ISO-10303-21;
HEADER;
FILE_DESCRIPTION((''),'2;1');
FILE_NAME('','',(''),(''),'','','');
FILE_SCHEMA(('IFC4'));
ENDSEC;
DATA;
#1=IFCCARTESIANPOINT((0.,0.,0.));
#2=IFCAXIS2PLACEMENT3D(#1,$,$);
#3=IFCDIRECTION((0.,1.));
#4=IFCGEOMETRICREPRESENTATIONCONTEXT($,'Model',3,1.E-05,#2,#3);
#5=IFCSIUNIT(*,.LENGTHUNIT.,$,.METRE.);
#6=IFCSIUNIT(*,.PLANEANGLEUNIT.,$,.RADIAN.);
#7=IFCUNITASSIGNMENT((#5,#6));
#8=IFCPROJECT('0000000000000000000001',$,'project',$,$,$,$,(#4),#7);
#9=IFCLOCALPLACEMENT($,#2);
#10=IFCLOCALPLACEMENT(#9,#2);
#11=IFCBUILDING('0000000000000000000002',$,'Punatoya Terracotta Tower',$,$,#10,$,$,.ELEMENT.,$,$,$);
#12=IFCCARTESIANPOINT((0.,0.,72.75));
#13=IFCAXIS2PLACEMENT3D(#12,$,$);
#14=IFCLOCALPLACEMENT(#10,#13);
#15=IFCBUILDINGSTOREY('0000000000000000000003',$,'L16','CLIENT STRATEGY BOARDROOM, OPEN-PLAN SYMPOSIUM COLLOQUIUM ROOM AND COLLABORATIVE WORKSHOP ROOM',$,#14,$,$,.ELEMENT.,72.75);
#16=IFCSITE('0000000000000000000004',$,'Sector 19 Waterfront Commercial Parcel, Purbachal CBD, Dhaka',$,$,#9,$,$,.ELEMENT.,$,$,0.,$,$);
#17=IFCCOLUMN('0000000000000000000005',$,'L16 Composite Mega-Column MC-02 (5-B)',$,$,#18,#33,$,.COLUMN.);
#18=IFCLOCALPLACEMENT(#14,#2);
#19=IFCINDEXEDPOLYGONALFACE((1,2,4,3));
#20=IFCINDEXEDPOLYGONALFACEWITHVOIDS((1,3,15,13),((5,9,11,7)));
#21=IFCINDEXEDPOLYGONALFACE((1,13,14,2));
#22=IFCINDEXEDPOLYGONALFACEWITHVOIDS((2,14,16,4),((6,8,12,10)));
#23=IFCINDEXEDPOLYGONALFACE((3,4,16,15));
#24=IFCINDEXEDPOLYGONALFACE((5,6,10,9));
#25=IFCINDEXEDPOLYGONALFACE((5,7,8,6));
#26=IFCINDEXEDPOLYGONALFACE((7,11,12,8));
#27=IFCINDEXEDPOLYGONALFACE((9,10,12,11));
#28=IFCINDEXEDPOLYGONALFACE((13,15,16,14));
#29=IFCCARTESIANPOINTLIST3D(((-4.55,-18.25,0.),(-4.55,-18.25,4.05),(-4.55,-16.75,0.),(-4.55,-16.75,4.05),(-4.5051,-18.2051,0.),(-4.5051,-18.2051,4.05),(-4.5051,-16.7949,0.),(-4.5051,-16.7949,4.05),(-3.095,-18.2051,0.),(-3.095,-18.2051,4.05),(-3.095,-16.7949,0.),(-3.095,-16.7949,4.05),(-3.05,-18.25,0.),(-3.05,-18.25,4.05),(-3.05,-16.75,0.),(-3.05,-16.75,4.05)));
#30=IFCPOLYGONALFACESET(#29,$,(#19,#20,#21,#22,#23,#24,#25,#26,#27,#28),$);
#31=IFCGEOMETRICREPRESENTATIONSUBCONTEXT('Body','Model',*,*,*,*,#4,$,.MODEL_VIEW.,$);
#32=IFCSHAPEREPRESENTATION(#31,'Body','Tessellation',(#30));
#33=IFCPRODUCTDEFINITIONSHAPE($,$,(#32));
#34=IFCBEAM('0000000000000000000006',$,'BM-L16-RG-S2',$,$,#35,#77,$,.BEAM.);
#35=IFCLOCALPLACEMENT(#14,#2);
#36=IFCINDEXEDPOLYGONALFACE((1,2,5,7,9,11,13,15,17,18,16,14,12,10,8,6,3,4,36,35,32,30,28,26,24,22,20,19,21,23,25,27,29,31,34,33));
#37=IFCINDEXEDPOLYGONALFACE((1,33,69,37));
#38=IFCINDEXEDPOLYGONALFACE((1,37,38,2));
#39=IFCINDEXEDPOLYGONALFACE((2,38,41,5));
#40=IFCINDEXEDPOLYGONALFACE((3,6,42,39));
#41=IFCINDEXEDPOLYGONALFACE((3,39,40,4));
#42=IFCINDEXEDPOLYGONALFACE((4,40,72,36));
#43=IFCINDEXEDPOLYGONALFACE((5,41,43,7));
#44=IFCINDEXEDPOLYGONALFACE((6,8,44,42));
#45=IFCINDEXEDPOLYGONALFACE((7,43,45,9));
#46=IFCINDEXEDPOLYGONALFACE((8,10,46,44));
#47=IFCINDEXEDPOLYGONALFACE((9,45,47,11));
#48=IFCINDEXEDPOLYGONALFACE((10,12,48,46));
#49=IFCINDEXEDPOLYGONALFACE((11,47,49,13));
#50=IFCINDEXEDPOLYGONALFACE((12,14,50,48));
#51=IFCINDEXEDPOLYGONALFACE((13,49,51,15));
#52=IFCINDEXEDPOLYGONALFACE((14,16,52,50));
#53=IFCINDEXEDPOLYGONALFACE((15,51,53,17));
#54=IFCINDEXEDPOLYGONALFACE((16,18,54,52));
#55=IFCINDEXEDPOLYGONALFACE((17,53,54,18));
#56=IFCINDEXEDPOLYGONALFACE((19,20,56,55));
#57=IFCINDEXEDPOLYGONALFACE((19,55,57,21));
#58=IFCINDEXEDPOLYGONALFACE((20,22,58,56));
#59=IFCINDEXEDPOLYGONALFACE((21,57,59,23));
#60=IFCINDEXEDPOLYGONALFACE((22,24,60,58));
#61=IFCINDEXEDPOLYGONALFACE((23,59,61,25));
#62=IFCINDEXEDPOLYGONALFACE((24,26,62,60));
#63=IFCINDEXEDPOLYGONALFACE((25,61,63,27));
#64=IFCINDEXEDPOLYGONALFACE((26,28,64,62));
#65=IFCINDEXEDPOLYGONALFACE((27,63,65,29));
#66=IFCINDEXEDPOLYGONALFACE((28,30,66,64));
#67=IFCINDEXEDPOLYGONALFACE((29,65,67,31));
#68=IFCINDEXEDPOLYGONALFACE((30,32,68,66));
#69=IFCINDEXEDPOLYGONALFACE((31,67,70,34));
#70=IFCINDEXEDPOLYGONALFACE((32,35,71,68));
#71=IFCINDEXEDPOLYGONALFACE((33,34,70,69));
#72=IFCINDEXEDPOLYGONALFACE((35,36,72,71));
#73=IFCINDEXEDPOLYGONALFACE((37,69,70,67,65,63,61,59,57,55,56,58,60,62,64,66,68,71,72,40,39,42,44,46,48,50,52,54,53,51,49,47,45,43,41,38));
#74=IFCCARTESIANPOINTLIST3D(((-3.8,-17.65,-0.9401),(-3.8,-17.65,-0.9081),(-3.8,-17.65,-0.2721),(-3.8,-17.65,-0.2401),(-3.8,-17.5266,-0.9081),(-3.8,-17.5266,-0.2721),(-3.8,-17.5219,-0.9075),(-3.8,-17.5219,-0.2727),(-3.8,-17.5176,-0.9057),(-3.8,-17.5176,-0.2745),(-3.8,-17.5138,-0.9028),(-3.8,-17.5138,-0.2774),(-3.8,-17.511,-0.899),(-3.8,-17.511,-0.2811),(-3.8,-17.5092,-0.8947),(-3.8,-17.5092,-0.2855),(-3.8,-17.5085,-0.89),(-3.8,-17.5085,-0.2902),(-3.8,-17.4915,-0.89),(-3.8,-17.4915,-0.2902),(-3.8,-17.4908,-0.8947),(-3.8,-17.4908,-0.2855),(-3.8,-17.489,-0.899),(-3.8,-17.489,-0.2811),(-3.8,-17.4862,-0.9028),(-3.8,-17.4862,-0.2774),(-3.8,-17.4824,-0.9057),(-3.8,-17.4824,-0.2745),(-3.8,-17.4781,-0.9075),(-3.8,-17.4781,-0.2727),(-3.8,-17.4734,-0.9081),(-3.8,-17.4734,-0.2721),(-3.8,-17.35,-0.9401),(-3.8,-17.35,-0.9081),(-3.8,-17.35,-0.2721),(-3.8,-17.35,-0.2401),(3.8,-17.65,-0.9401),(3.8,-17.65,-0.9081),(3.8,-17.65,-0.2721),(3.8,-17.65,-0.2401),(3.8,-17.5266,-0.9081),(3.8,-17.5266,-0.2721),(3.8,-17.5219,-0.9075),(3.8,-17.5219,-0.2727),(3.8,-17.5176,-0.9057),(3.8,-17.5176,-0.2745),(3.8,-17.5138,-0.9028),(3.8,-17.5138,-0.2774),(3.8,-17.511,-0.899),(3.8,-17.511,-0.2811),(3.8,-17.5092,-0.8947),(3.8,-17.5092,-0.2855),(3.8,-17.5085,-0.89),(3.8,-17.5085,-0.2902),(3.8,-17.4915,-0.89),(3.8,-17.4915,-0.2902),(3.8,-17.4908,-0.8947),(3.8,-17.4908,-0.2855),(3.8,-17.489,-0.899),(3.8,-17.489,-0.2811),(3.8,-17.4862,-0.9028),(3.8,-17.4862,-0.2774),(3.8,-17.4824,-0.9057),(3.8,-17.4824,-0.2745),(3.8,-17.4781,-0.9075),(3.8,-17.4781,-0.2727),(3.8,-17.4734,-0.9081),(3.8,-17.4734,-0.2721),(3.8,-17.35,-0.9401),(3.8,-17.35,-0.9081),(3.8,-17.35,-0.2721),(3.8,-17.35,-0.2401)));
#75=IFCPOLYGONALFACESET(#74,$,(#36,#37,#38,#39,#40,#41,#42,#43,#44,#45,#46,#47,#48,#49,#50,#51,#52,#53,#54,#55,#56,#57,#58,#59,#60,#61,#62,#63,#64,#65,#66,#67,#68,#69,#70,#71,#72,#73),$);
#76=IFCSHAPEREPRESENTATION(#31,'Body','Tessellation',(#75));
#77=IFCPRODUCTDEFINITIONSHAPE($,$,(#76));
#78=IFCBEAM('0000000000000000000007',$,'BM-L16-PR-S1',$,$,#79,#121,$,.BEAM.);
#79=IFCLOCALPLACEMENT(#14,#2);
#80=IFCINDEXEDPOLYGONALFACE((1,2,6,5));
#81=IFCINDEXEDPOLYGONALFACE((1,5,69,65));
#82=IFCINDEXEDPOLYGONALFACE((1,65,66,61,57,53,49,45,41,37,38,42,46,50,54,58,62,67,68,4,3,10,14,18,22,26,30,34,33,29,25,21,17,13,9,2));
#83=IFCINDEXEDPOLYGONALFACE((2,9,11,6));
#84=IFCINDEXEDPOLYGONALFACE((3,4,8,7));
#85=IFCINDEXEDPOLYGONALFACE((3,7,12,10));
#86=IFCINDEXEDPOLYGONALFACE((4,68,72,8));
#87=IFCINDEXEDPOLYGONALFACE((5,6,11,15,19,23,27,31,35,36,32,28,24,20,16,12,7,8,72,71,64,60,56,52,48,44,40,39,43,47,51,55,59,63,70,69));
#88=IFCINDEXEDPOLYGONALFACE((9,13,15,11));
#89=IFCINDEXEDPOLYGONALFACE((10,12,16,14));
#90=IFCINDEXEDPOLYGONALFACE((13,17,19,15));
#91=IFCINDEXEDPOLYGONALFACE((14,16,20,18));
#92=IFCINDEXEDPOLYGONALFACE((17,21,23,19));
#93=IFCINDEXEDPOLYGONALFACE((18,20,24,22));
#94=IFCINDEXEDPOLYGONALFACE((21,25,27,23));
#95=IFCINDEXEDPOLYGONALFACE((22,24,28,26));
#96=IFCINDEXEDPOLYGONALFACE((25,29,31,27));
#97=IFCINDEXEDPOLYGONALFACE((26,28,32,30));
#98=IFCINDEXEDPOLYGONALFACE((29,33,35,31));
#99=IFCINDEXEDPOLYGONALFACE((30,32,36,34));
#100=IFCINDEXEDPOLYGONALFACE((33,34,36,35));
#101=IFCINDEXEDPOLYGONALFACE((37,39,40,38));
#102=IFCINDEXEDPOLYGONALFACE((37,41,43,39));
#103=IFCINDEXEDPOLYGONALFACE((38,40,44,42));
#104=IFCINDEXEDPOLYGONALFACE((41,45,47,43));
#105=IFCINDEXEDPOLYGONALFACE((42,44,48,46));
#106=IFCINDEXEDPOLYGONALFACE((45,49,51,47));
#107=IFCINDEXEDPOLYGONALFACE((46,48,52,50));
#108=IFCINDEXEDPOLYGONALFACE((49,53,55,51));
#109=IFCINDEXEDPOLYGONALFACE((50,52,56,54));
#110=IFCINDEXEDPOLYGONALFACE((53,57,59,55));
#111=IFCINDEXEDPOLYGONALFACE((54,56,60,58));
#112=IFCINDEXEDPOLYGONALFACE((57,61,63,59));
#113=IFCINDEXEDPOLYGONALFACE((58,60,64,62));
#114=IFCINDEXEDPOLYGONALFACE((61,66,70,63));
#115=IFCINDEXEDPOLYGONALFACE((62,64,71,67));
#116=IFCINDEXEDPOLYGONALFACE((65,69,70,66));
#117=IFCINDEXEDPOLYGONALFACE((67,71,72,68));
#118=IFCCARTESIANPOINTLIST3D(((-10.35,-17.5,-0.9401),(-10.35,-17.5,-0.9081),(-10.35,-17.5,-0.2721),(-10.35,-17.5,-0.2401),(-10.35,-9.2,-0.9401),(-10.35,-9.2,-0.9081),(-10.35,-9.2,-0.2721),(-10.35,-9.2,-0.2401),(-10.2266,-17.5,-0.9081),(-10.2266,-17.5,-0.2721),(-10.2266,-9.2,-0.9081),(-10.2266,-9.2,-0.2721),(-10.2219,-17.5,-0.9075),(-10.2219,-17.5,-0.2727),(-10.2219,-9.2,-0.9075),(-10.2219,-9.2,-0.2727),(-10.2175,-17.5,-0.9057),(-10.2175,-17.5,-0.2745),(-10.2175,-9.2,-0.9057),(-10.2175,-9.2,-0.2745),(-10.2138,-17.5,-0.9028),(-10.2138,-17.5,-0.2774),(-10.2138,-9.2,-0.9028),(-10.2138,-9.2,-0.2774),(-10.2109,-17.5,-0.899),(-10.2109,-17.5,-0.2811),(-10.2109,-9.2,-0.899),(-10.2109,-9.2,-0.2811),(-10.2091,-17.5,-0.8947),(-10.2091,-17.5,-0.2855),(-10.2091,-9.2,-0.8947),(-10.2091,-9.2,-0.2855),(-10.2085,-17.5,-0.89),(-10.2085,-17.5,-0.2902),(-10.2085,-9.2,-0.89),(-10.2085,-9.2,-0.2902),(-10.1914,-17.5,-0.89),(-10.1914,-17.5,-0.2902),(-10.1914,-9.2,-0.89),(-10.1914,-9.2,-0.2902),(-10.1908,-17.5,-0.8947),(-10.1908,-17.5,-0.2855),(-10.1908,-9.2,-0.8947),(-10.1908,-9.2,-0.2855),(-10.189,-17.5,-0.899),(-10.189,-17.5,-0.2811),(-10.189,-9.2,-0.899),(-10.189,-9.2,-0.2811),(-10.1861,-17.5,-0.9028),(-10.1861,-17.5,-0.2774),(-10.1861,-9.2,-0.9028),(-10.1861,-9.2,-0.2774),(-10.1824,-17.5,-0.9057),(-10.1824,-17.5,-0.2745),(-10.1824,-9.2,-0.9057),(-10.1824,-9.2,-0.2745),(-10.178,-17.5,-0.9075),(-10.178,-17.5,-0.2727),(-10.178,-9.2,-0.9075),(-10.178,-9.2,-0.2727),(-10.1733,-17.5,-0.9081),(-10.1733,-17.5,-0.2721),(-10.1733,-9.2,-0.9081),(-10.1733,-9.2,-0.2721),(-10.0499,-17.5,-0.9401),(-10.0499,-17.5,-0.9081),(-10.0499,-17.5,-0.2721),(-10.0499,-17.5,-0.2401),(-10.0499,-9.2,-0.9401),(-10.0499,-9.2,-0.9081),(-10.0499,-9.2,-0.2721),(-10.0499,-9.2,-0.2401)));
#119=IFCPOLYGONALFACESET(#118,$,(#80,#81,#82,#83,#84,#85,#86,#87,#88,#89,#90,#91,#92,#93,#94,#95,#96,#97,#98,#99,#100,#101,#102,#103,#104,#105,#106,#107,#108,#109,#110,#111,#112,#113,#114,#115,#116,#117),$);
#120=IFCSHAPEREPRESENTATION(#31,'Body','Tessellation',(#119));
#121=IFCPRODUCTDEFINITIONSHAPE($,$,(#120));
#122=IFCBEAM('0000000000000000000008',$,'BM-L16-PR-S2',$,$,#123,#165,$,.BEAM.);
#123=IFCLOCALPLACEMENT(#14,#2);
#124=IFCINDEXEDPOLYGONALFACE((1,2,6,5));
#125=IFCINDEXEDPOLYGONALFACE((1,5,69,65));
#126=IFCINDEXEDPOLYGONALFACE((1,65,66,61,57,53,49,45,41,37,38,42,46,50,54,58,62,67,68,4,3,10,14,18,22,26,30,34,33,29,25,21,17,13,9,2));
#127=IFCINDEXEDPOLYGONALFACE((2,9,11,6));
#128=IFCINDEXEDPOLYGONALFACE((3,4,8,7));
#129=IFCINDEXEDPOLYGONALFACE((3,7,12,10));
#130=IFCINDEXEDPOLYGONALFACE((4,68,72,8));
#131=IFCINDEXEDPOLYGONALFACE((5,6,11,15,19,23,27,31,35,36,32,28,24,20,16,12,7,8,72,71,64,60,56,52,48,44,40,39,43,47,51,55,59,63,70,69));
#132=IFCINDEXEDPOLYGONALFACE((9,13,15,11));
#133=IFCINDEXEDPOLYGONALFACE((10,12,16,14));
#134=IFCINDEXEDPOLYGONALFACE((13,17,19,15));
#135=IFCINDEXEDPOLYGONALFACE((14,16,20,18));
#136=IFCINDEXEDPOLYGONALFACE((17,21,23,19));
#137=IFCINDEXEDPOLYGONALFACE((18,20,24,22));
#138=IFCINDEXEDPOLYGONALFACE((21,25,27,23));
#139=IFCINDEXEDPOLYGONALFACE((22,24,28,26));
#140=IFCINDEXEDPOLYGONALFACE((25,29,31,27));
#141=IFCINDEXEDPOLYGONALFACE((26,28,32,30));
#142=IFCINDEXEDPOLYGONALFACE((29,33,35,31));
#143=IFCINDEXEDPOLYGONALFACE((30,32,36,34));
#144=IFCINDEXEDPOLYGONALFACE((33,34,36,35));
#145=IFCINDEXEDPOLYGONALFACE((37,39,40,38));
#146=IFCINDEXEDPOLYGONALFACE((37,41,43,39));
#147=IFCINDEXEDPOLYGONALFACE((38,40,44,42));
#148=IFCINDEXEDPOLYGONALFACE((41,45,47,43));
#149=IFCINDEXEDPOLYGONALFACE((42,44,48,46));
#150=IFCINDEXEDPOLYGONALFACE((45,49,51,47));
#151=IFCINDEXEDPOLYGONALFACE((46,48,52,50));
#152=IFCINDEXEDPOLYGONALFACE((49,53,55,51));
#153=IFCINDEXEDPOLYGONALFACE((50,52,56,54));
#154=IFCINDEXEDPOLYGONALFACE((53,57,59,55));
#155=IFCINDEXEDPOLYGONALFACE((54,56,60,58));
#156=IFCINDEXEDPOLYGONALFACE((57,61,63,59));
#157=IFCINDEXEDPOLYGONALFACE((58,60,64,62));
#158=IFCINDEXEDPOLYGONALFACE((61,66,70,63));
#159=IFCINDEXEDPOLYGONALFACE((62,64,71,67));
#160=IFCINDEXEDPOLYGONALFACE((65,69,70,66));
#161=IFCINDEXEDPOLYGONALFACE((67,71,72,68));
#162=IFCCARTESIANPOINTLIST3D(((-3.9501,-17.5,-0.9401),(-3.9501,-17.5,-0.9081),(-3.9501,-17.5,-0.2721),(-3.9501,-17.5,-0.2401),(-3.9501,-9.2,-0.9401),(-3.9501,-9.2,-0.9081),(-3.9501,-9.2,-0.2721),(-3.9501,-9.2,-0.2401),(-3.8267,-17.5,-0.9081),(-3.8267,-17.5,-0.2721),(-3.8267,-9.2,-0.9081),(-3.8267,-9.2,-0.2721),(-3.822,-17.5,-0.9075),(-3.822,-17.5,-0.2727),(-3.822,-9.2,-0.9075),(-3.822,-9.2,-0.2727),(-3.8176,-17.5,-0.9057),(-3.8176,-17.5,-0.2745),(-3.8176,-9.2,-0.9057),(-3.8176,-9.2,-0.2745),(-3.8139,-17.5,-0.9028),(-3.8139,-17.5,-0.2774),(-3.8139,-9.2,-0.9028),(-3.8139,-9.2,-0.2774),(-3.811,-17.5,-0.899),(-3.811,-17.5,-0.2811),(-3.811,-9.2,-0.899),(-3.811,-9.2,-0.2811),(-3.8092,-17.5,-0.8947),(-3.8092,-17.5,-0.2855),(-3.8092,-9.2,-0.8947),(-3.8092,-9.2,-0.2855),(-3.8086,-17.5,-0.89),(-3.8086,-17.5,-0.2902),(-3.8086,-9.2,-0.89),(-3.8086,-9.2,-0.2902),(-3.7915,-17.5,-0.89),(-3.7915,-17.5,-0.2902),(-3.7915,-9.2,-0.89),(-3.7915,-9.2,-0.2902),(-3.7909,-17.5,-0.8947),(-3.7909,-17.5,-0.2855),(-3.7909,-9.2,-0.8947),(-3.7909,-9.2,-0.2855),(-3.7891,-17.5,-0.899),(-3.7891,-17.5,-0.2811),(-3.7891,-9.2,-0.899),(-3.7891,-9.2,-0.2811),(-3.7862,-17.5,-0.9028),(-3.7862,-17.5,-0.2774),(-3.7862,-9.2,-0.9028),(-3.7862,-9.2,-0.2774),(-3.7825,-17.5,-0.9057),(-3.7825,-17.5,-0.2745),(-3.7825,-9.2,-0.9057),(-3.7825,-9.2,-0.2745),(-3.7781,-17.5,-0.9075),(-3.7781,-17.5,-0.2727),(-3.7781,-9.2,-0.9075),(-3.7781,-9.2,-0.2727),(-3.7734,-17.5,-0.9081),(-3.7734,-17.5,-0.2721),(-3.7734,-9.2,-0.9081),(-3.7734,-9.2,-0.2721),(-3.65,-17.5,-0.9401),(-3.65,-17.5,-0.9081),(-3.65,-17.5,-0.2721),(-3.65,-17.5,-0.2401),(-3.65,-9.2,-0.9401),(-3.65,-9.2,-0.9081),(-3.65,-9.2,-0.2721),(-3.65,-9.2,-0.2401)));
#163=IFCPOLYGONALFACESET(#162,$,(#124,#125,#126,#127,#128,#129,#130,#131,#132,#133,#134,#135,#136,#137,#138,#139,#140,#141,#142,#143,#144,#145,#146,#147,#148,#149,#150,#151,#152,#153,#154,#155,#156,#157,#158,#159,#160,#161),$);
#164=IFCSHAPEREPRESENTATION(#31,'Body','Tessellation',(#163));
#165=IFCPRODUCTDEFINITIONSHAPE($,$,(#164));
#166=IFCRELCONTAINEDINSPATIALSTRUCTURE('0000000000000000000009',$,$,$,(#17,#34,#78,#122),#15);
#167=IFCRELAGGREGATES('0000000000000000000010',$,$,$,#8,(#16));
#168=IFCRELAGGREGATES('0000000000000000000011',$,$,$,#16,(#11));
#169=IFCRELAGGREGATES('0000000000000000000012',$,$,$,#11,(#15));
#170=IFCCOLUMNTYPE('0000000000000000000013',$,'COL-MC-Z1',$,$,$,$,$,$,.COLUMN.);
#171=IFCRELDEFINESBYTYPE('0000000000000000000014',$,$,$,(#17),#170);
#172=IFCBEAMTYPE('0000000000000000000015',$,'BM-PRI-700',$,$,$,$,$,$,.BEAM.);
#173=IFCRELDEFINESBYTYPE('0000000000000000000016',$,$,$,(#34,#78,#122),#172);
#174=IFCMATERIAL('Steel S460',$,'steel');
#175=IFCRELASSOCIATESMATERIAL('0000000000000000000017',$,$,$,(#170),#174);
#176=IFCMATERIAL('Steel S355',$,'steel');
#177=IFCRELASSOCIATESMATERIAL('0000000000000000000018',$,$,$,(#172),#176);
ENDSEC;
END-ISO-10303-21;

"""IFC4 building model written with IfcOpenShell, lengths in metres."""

from ifc_helpers import new_model, si_unit, direction, frame, origin, origin_2d, place, context, subcontext, project, spatial, hollow_rectangle, i_section, extrude, material, material_profile, profile_set, type_object, element, save


model = new_model("IFC4")

# Units and contexts
model_context = context("Model", 3, precision=1e-05, world=origin(), true_north=direction((0.0, 1.0)))
body_context = subcontext(model_context, "Body", "Model", "MODEL_VIEW")
ifc_project = project(units=[si_unit("LENGTHUNIT", "METRE"), si_unit("PLANEANGLEUNIT", "RADIAN")], contexts=[model_context])

# Site, building, storey
site_placement = place(None, origin())
site = spatial("IfcSite", under=ifc_project, at=site_placement, Name="Sector 19 Waterfront Commercial Parcel, Purbachal CBD, Dhaka", CompositionType="ELEMENT", RefElevation=0.0)
building_placement = place(site_placement, origin())
building = spatial("IfcBuilding", under=site, at=building_placement, Name="Punatoya Terracotta Tower", CompositionType="ELEMENT")
storey_placement = place(building_placement, frame((0.0, 0.0, 72.75)))
storey = spatial("IfcBuildingStorey", under=building, at=storey_placement, Name="L16", Description="CLIENT STRATEGY BOARDROOM, OPEN-PLAN SYMPOSIUM COLLOQUIUM ROOM AND COLLABORATIVE WORKSHOP ROOM", CompositionType="ELEMENT", Elevation=72.75)

# Column
ifc_material_1 = material(Name="Steel S460", Category="steel")
ifc_material_profile_1 = material_profile(ifc_material_1, hollow_rectangle(XDim=1.5, YDim=1.5, WallThickness=0.0449, at=origin_2d()))
ifc_profile_set_1 = profile_set([ifc_material_profile_1], Name="Steel S460")
column_type = type_object("IfcColumnType", Name="COL-MC-Z1", PredefinedType="COLUMN", material=ifc_profile_set_1)
column_placement = place(storey_placement, frame((-3.8, -17.5, 0.0), z_axis=(0.0, 0.0, 1.0), x_axis=(1.0, 0.0, 0.0)))
element("IfcColumn", 1, at=column_placement, inside=storey, type_object=column_type, Name="L16 Composite Mega-Column MC-02 (5-B)", PredefinedType="COLUMN", context=body_context, shape_type="SweptSolid", body=[
    extrude(hollow_rectangle(XDim=1.5, YDim=1.5, WallThickness=0.0449, at=origin_2d()), origin(), (0.0, 0.0, 1.0), 4.05),
])

# Beams
ifc_material_2 = material(Name="Steel S355", Category="steel")
ifc_material_profile_2 = material_profile(ifc_material_2, i_section(OverallWidth=0.3, OverallDepth=0.7, WebThickness=0.0171, FlangeThickness=0.032, FilletRadius=0.0181, at=origin_2d()))
ifc_profile_set_2 = profile_set([ifc_material_profile_2], Name="Steel S355")
beam_type_1 = type_object("IfcBeamType", Name="BM-PRI-700", PredefinedType="BEAM", material=ifc_profile_set_2)
beam_1_placement = place(storey_placement, frame((-3.8, -17.5, -0.5901), z_axis=(1.0, 0.0, 0.0), x_axis=(0.0, 1.0, 0.0)))
element("IfcBeam", 2, at=beam_1_placement, inside=storey, type_object=beam_type_1, Name="BM-L16-RG-S2", PredefinedType="BEAM", context=body_context, shape_type="SweptSolid", body=[
    extrude(i_section(OverallWidth=0.3, OverallDepth=0.7, WebThickness=0.0171, FlangeThickness=0.032, FilletRadius=0.0181, at=origin_2d()), origin(), (0.0, 0.0, 1.0), 7.6001),
])
for number, where, z_axis, x_axis, name in (
    (3, (-10.2, -17.5, -0.5901), (0.0, 1.0, 0.0), (-1.0, 0.0, 0.0), "BM-L16-PR-S1"),
    (4, (-3.8, -17.5, -0.5901), (0.0, 1.0, 0.0), (-1.0, 0.0, 0.0), "BM-L16-PR-S2"),
):
    element("IfcBeam", number, at=place(storey_placement, frame(where, z_axis=z_axis, x_axis=x_axis)), inside=storey, type_object=beam_type_1, Name=name, PredefinedType="BEAM", context=body_context, shape_type="SweptSolid", body=[
        extrude(i_section(OverallWidth=0.3, OverallDepth=0.7, WebThickness=0.0171, FlangeThickness=0.032, FilletRadius=0.0181, at=origin_2d()), origin(), (0.0, 0.0, 1.0), 8.3),
    ])

save(model, "model.ifc")
